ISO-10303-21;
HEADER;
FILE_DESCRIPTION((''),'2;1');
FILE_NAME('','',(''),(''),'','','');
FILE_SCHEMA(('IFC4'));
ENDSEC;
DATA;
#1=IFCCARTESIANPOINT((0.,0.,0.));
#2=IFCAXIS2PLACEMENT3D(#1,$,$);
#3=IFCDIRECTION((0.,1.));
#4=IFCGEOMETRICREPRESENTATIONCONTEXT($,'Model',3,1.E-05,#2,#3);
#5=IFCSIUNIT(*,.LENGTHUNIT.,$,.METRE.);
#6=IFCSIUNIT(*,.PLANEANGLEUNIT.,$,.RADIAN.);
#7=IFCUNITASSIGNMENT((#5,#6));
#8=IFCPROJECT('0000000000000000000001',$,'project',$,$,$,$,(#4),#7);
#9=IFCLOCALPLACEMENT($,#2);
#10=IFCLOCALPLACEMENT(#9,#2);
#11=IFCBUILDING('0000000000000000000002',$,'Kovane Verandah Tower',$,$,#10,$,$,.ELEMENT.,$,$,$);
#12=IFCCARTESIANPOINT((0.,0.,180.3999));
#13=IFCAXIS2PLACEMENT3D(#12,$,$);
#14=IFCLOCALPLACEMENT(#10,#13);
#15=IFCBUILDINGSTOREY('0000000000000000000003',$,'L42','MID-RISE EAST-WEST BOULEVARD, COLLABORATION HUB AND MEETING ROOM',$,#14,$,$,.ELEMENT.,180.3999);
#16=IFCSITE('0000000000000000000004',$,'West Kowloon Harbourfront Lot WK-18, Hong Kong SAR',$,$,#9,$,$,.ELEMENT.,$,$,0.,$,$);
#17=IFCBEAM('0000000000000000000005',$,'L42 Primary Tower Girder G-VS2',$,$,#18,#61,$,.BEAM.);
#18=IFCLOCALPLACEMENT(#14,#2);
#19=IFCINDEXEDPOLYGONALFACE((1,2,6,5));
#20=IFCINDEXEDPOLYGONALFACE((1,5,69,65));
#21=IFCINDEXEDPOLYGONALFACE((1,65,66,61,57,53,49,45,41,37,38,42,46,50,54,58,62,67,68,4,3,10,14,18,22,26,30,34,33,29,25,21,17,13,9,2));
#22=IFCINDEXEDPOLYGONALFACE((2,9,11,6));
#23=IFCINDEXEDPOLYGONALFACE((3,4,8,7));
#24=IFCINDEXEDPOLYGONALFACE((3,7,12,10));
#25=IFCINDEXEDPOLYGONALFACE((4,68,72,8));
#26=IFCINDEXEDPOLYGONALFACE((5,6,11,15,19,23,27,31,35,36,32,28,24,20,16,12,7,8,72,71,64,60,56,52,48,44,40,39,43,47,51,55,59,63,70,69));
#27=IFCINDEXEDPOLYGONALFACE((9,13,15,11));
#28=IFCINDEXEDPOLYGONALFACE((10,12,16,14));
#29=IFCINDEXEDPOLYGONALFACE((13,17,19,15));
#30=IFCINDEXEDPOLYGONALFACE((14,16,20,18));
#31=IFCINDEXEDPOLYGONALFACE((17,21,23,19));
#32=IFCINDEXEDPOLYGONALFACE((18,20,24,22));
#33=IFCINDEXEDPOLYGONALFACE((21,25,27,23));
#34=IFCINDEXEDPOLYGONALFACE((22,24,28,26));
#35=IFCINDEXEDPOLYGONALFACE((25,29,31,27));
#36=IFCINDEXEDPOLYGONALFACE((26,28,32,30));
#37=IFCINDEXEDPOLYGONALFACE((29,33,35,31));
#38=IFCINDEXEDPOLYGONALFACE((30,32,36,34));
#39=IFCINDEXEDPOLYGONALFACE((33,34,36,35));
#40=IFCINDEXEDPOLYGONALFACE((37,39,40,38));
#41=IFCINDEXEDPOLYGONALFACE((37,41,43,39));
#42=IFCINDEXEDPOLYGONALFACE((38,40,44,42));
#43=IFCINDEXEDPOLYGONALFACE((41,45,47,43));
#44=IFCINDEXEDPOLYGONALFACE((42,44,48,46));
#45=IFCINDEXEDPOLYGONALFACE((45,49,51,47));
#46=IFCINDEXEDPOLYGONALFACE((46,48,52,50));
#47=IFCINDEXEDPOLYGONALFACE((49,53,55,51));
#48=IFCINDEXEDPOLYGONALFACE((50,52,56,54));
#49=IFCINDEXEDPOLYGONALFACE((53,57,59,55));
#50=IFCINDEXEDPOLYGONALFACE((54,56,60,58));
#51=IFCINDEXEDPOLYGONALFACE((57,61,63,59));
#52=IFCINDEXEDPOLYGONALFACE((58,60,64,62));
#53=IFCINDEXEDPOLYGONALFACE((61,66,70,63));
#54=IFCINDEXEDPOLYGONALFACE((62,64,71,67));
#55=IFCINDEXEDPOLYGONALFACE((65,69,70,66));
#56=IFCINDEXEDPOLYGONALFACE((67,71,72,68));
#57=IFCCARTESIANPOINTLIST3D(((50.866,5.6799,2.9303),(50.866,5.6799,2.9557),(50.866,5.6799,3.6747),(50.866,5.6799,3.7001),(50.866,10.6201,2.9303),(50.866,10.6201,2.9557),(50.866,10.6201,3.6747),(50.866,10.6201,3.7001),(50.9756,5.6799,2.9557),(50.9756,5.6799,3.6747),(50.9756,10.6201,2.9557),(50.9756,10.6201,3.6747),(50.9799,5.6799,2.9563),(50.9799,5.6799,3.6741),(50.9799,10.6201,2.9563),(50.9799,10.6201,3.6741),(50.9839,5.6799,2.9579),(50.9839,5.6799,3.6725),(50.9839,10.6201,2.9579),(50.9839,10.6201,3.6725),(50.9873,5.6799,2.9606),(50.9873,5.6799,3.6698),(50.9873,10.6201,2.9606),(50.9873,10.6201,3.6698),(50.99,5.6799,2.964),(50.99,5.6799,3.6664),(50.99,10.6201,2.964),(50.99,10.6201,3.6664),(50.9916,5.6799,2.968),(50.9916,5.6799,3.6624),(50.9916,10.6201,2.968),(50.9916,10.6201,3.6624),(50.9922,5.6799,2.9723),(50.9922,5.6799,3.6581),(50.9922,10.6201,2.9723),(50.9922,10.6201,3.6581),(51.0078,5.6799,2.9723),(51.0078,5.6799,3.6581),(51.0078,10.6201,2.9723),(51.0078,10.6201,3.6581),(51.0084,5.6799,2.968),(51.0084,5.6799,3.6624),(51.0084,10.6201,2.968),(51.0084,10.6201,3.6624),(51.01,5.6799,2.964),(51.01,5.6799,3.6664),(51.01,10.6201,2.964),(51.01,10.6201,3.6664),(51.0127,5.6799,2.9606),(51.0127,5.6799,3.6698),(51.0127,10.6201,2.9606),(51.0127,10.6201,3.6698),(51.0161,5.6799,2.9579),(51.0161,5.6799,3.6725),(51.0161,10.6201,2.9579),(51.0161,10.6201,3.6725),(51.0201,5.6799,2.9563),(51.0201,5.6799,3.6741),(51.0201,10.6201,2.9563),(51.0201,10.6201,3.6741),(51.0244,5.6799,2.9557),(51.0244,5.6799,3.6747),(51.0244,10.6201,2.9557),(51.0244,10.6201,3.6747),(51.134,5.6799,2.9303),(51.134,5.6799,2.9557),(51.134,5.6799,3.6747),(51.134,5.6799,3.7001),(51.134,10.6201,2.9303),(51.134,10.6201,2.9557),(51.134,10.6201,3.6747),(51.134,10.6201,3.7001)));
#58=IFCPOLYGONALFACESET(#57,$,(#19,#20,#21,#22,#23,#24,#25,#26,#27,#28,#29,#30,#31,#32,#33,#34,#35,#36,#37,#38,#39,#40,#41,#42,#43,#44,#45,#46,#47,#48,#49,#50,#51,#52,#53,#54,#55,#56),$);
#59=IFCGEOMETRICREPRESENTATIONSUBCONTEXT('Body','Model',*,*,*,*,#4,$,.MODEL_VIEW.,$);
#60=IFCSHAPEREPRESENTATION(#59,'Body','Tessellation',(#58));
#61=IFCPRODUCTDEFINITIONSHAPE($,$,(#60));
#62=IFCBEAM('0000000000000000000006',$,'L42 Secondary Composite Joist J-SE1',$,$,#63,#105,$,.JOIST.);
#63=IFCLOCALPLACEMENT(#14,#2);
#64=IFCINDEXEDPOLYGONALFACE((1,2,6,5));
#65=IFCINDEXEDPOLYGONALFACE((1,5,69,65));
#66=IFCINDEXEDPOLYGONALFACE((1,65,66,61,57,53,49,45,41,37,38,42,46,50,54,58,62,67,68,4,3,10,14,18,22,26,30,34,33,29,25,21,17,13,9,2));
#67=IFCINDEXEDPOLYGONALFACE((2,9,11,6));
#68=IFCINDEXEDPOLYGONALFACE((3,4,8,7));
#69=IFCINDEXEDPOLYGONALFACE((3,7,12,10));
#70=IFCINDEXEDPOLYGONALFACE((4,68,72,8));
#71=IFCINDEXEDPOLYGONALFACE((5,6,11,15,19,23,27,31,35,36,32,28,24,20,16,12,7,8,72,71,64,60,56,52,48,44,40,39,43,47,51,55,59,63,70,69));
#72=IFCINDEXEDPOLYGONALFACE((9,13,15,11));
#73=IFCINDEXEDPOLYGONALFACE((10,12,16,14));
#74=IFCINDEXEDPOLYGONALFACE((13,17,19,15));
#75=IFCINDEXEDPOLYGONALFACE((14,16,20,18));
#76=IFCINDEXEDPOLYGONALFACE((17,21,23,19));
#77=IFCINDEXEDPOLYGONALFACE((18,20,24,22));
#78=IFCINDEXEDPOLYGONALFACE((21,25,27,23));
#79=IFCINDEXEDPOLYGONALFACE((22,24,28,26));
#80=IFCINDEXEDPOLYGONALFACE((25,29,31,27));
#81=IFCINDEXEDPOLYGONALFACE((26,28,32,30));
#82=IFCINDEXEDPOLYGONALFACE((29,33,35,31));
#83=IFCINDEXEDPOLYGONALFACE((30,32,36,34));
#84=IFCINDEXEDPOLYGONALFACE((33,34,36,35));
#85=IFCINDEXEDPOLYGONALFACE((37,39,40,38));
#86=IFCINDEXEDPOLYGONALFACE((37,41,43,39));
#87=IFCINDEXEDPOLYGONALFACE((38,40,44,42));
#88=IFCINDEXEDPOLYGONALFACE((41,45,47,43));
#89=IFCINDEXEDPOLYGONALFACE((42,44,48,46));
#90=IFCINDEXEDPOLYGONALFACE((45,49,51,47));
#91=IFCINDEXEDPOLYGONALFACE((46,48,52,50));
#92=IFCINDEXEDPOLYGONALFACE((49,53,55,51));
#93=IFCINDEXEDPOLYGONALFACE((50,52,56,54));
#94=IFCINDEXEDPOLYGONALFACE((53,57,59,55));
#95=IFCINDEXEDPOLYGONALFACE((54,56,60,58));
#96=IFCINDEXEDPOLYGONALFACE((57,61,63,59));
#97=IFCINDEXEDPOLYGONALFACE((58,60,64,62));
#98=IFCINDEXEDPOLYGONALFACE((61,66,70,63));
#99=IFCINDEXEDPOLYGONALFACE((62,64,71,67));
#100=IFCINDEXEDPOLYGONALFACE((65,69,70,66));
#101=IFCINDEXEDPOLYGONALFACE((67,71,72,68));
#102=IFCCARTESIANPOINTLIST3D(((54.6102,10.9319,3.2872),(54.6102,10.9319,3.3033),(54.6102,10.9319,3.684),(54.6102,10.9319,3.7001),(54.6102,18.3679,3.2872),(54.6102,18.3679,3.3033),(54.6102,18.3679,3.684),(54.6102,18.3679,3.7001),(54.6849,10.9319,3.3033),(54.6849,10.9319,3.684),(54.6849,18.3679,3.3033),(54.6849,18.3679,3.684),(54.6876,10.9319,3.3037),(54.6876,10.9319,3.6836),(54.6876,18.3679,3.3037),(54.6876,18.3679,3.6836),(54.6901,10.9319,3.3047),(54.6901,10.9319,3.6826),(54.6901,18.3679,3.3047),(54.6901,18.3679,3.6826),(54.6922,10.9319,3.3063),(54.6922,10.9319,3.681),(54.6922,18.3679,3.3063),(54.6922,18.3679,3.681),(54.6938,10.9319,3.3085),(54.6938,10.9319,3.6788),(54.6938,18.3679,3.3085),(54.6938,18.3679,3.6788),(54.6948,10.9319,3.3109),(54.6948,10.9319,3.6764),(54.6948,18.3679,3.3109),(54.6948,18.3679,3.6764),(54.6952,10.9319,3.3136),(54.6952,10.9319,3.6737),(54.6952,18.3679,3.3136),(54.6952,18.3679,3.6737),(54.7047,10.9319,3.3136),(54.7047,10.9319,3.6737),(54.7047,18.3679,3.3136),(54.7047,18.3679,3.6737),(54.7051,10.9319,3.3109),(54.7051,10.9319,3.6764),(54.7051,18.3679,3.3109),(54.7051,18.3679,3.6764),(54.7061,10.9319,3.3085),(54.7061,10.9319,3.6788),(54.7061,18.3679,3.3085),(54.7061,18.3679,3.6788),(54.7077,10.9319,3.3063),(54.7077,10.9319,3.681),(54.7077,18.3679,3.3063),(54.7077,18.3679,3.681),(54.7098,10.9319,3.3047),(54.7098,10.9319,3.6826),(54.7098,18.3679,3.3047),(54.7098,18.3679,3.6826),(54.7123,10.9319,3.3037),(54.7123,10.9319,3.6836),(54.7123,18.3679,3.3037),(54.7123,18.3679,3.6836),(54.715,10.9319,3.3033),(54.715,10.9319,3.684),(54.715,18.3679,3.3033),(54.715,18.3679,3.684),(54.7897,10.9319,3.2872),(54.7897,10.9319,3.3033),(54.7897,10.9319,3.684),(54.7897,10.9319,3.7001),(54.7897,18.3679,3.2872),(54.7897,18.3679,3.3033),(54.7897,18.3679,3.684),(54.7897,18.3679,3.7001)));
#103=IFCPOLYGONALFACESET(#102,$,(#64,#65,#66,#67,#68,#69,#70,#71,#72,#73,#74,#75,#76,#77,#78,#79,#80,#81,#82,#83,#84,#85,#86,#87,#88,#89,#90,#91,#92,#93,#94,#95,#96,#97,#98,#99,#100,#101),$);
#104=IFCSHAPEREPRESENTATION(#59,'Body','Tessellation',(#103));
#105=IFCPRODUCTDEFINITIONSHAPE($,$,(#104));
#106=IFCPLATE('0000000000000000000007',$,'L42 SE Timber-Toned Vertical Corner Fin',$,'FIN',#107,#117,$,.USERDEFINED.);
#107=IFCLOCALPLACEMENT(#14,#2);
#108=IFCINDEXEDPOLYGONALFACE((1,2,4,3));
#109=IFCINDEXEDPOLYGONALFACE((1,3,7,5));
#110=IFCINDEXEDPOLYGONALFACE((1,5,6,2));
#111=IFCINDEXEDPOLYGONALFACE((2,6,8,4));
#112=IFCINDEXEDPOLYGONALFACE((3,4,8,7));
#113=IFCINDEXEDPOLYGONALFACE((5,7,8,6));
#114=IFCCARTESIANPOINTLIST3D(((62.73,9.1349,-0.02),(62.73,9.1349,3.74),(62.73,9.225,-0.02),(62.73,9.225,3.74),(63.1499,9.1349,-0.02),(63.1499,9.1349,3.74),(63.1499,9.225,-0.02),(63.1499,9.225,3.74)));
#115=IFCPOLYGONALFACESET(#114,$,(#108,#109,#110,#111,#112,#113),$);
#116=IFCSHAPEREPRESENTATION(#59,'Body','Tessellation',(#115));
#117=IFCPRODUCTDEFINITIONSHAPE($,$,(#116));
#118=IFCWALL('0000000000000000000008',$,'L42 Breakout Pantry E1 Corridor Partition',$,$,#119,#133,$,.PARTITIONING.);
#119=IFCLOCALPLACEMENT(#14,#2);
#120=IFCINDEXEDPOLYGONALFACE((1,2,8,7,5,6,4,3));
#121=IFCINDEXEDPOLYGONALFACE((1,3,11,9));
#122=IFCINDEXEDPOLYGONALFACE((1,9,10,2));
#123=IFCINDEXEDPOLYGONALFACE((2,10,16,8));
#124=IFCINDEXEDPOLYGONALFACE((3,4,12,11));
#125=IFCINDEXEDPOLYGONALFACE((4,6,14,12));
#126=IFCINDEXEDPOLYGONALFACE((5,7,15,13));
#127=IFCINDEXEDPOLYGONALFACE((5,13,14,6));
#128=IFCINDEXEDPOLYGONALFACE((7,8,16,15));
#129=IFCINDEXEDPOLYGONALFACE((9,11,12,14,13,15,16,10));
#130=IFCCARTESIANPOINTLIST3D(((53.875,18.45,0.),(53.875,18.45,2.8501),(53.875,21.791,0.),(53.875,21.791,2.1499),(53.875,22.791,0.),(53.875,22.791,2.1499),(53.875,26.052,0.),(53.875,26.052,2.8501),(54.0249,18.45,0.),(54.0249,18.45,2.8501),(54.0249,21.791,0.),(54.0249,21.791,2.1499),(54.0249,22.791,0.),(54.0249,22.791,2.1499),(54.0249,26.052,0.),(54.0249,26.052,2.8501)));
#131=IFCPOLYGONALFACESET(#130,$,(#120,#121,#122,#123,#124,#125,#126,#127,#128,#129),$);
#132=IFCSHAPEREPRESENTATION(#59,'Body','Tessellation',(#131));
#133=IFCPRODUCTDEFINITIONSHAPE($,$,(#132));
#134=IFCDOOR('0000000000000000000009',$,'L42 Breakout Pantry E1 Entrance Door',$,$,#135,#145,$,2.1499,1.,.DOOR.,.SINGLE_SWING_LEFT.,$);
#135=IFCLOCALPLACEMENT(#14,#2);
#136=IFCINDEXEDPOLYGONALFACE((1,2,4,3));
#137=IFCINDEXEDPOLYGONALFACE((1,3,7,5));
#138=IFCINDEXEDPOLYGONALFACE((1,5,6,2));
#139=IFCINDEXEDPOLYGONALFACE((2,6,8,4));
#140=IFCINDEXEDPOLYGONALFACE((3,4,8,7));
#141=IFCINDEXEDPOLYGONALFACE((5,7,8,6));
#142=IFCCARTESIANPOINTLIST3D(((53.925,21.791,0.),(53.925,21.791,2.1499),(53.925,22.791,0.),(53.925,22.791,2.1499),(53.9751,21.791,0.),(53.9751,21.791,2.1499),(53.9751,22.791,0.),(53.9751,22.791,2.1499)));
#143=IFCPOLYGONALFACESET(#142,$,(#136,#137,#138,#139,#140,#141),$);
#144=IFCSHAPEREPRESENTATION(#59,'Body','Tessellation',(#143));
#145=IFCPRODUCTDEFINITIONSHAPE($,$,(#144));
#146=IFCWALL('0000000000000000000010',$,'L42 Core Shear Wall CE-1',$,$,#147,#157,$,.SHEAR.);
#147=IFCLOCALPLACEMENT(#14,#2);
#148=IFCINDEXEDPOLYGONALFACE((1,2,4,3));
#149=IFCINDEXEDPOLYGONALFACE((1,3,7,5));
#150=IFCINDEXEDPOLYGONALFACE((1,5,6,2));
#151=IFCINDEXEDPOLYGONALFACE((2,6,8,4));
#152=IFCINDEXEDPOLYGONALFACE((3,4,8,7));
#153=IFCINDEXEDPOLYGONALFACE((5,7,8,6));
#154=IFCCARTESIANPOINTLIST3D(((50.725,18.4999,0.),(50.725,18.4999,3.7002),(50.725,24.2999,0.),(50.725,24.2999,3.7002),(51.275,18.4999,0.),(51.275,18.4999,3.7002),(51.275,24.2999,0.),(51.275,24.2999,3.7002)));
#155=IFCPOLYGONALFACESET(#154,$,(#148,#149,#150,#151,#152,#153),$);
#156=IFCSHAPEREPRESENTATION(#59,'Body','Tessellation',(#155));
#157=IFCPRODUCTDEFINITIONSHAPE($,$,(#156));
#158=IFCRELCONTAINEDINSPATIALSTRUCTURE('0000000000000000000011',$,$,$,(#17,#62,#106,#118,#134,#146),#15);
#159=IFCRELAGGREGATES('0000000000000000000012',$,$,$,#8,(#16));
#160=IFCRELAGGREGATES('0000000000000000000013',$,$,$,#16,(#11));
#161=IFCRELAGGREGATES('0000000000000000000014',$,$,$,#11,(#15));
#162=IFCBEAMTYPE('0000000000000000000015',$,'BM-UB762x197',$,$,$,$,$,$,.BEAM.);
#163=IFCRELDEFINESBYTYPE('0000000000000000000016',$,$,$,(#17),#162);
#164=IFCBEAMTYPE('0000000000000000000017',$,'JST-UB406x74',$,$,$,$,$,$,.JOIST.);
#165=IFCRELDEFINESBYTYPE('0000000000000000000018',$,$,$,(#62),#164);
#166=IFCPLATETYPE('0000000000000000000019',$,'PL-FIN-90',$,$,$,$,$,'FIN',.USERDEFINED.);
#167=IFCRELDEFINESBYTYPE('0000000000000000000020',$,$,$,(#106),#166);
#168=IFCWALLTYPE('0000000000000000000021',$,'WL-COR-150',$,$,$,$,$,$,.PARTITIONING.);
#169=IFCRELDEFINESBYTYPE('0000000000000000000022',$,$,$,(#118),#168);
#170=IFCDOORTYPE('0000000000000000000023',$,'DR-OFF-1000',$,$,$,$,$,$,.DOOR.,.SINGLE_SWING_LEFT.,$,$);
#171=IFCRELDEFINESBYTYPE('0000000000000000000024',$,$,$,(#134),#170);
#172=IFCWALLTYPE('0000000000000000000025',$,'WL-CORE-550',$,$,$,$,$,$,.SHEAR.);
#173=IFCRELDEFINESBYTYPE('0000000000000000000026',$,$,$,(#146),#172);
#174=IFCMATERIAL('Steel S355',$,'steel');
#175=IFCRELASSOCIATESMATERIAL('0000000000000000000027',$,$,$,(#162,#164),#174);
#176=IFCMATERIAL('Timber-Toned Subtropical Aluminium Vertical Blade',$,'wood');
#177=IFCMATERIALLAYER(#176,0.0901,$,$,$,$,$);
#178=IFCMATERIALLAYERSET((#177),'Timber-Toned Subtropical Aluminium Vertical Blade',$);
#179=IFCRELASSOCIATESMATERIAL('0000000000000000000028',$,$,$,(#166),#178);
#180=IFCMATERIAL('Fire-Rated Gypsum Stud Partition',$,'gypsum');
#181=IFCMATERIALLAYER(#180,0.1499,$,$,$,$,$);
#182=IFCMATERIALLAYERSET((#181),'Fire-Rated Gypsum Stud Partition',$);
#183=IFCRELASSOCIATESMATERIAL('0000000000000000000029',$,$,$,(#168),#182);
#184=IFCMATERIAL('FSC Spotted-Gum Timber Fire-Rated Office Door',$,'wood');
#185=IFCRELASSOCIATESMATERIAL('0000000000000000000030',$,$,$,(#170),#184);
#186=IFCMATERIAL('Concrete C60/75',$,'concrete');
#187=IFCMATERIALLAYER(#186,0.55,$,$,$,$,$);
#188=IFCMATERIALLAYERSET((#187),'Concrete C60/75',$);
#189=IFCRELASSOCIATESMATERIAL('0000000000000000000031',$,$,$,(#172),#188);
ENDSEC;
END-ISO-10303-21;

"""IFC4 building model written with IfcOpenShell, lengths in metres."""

from ifc_helpers import new_model, si_unit, direction, frame, frame_2d, origin, origin_2d, place, context, subcontext, project, spatial, rectangle, i_section, extrude, material, layer, layer_set, material_profile, profile_set, type_object, element, fill, save


model = new_model("IFC4")

# Units and contexts
model_context = context("Model", 3, precision=1e-05, world=origin(), true_north=direction((0.0, 1.0)))
body_context = subcontext(model_context, "Body", "Model", "MODEL_VIEW")
ifc_project = project(units=[si_unit("LENGTHUNIT", "METRE"), si_unit("PLANEANGLEUNIT", "RADIAN")], contexts=[model_context])

# Site, building, storey
site_placement = place(None, origin())
site = spatial("IfcSite", under=ifc_project, at=site_placement, Name="West Kowloon Harbourfront Lot WK-18, Hong Kong SAR", CompositionType="ELEMENT", RefElevation=0.0)
building_placement = place(site_placement, origin())
building = spatial("IfcBuilding", under=site, at=building_placement, Name="Kovane Verandah Tower", CompositionType="ELEMENT")
storey_placement = place(building_placement, frame((0.0, 0.0, 180.3999)))
storey = spatial("IfcBuildingStorey", under=building, at=storey_placement, Name="L42", Description="MID-RISE EAST-WEST BOULEVARD, COLLABORATION HUB AND MEETING ROOM", CompositionType="ELEMENT", Elevation=180.3999)

# Beams
ifc_material_1 = material(Name="Steel S355", Category="steel")
ifc_material_profile_1 = material_profile(ifc_material_1, i_section(OverallWidth=0.2681, OverallDepth=0.7698, WebThickness=0.0156, FlangeThickness=0.0254, FilletRadius=0.0166, at=origin_2d()), Name="UB762x267x197")
ifc_profile_set_1 = profile_set([ifc_material_profile_1], Name="Steel S355")
beam_type_1 = type_object("IfcBeamType", Name="BM-UB762x197", PredefinedType="BEAM", material=ifc_profile_set_1)
beam_1_placement = place(storey_placement, frame((51.0, 10.6201, 3.3152), z_axis=(0.0, -1.0, 0.0), x_axis=(1.0, 0.0, 0.0)))
element("IfcBeam", 1, at=beam_1_placement, inside=storey, type_object=beam_type_1, Name="L42 Primary Tower Girder G-VS2", PredefinedType="BEAM", context=body_context, shape_type="SweptSolid", body=[
    extrude(i_section(OverallWidth=0.2681, OverallDepth=0.7698, WebThickness=0.0156, FlangeThickness=0.0254, FilletRadius=0.0166, at=origin_2d()), origin(), (0.0, 0.0, 1.0), 4.9402),
])
ifc_material_profile_2 = material_profile(ifc_material_1, i_section(OverallWidth=0.1794, OverallDepth=0.4128, WebThickness=0.0095, FlangeThickness=0.0161, FilletRadius=0.0103, at=origin_2d()), Name="UB406x178x74")
ifc_profile_set_2 = profile_set([ifc_material_profile_2], Name="Steel S355")
beam_type_2 = type_object("IfcBeamType", Name="JST-UB406x74", PredefinedType="JOIST", material=ifc_profile_set_2)
beam_2_placement = place(storey_placement, frame((54.7, 10.9319, 3.4937), z_axis=(0.0, 1.0, 0.0), x_axis=(-1.0, 0.0, 0.0)))
element("IfcBeam", 2, at=beam_2_placement, inside=storey, type_object=beam_type_2, Name="L42 Secondary Composite Joist J-SE1", PredefinedType="JOIST", context=body_context, shape_type="SweptSolid", body=[
    extrude(i_section(OverallWidth=0.1794, OverallDepth=0.4128, WebThickness=0.0095, FlangeThickness=0.0161, FilletRadius=0.0103, at=origin_2d()), origin(), (0.0, 0.0, 1.0), 7.436),
])

# Plate
ifc_material_2 = material(Name="Timber-Toned Subtropical Aluminium Vertical Blade", Category="wood")
ifc_layer_1 = layer(ifc_material_2, 0.0901)
ifc_layer_set_1 = layer_set([ifc_layer_1], Name="Timber-Toned Subtropical Aluminium Vertical Blade")
plate_type = type_object("IfcPlateType", Name="PL-FIN-90", ElementType="FIN", PredefinedType="USERDEFINED", material=ifc_layer_set_1)
plate_placement = place(storey_placement, frame((62.9399, 9.1799, -0.02), z_axis=(0.0, 0.0, 1.0), x_axis=(1.0, 0.0, 0.0)))
element("IfcPlate", 3, at=plate_placement, inside=storey, type_object=plate_type, Name="L42 SE Timber-Toned Vertical Corner Fin", ObjectType="FIN", PredefinedType="USERDEFINED", context=body_context, shape_type="SweptSolid", body=[
    extrude(rectangle(XDim=0.4199, YDim=0.0901, at=origin_2d()), origin(), (0.0, 0.0, 1.0), 3.76),
])

# Wall, opening, door
ifc_material_3 = material(Name="Fire-Rated Gypsum Stud Partition", Category="gypsum")
ifc_layer_2 = layer(ifc_material_3, 0.1499)
ifc_layer_set_2 = layer_set([ifc_layer_2], Name="Fire-Rated Gypsum Stud Partition")
wall_type_1 = type_object("IfcWallType", Name="WL-COR-150", PredefinedType="PARTITIONING", material=ifc_layer_set_2)
wall_1_placement = place(storey_placement, frame((53.95, 18.45, 0.0), z_axis=(0.0, 0.0, 1.0), x_axis=(0.0, 1.0, 0.0)))
wall_1 = element("IfcWall", 4, at=wall_1_placement, inside=storey, type_object=wall_type_1, Name="L42 Breakout Pantry E1 Corridor Partition", PredefinedType="PARTITIONING", context=body_context, shape_type="SweptSolid", body=[
    extrude(rectangle(XDim=7.6021, YDim=0.1499, at=frame_2d((3.801, 0.0))), origin(), (0.0, 0.0, 1.0), 2.8501),
])
opening_1_placement = place(wall_1_placement, frame((3.3411, 0.0, 0.0)))
opening_1 = element("IfcOpeningElement", 5, at=opening_1_placement, cuts=wall_1, PredefinedType="OPENING", context=body_context, shape_type="SweptSolid", body=[
    extrude(rectangle(XDim=1.0, YDim=2.1499, at=frame_2d((0.5, 1.075))), frame((0.0, 0.075, 0.0), z_axis=(0.0, -1.0, 0.0), x_axis=(1.0, 0.0, 0.0)), (0.0, 0.0, 1.0), 0.1499),
])
ifc_material_4 = material(Name="FSC Spotted-Gum Timber Fire-Rated Office Door", Category="wood")
door_type_1 = type_object("IfcDoorType", Name="DR-OFF-1000", OperationType="SINGLE_SWING_LEFT", PredefinedType="DOOR", material=ifc_material_4)
door_1_placement = place(opening_1_placement, origin())
door_1 = element("IfcDoor", 6, at=door_1_placement, inside=storey, type_object=door_type_1, Name="L42 Breakout Pantry E1 Entrance Door", OperationType="SINGLE_SWING_LEFT", OverallHeight=2.1499, OverallWidth=1.0, PredefinedType="DOOR", context=body_context, shape_type="SweptSolid", body=[
    extrude(rectangle(XDim=1.0, YDim=2.1499, at=frame_2d((0.5, 1.075))), frame((0.0, 0.0249, 0.0), z_axis=(0.0, -1.0, 0.0), x_axis=(1.0, 0.0, 0.0)), (0.0, 0.0, 1.0), 0.05),
])
fill(opening_1, door_1)

# Wall
ifc_material_5 = material(Name="Concrete C60/75", Category="concrete")
ifc_layer_3 = layer(ifc_material_5, 0.55)
ifc_layer_set_3 = layer_set([ifc_layer_3], Name="Concrete C60/75")
wall_type_2 = type_object("IfcWallType", Name="WL-CORE-550", PredefinedType="SHEAR", material=ifc_layer_set_3)
wall_2_placement = place(storey_placement, frame((51.0, 18.5, 0.0), z_axis=(0.0, 0.0, 1.0), x_axis=(0.0, 1.0, 0.0)))
element("IfcWall", 7, at=wall_2_placement, inside=storey, type_object=wall_type_2, Name="L42 Core Shear Wall CE-1", PredefinedType="SHEAR", context=body_context, shape_type="SweptSolid", body=[
    extrude(rectangle(XDim=5.8, YDim=0.55, at=frame_2d((2.8999, 0.0))), origin(), (0.0, 0.0, 1.0), 3.7002),
])

save(model, "model.ifc")
